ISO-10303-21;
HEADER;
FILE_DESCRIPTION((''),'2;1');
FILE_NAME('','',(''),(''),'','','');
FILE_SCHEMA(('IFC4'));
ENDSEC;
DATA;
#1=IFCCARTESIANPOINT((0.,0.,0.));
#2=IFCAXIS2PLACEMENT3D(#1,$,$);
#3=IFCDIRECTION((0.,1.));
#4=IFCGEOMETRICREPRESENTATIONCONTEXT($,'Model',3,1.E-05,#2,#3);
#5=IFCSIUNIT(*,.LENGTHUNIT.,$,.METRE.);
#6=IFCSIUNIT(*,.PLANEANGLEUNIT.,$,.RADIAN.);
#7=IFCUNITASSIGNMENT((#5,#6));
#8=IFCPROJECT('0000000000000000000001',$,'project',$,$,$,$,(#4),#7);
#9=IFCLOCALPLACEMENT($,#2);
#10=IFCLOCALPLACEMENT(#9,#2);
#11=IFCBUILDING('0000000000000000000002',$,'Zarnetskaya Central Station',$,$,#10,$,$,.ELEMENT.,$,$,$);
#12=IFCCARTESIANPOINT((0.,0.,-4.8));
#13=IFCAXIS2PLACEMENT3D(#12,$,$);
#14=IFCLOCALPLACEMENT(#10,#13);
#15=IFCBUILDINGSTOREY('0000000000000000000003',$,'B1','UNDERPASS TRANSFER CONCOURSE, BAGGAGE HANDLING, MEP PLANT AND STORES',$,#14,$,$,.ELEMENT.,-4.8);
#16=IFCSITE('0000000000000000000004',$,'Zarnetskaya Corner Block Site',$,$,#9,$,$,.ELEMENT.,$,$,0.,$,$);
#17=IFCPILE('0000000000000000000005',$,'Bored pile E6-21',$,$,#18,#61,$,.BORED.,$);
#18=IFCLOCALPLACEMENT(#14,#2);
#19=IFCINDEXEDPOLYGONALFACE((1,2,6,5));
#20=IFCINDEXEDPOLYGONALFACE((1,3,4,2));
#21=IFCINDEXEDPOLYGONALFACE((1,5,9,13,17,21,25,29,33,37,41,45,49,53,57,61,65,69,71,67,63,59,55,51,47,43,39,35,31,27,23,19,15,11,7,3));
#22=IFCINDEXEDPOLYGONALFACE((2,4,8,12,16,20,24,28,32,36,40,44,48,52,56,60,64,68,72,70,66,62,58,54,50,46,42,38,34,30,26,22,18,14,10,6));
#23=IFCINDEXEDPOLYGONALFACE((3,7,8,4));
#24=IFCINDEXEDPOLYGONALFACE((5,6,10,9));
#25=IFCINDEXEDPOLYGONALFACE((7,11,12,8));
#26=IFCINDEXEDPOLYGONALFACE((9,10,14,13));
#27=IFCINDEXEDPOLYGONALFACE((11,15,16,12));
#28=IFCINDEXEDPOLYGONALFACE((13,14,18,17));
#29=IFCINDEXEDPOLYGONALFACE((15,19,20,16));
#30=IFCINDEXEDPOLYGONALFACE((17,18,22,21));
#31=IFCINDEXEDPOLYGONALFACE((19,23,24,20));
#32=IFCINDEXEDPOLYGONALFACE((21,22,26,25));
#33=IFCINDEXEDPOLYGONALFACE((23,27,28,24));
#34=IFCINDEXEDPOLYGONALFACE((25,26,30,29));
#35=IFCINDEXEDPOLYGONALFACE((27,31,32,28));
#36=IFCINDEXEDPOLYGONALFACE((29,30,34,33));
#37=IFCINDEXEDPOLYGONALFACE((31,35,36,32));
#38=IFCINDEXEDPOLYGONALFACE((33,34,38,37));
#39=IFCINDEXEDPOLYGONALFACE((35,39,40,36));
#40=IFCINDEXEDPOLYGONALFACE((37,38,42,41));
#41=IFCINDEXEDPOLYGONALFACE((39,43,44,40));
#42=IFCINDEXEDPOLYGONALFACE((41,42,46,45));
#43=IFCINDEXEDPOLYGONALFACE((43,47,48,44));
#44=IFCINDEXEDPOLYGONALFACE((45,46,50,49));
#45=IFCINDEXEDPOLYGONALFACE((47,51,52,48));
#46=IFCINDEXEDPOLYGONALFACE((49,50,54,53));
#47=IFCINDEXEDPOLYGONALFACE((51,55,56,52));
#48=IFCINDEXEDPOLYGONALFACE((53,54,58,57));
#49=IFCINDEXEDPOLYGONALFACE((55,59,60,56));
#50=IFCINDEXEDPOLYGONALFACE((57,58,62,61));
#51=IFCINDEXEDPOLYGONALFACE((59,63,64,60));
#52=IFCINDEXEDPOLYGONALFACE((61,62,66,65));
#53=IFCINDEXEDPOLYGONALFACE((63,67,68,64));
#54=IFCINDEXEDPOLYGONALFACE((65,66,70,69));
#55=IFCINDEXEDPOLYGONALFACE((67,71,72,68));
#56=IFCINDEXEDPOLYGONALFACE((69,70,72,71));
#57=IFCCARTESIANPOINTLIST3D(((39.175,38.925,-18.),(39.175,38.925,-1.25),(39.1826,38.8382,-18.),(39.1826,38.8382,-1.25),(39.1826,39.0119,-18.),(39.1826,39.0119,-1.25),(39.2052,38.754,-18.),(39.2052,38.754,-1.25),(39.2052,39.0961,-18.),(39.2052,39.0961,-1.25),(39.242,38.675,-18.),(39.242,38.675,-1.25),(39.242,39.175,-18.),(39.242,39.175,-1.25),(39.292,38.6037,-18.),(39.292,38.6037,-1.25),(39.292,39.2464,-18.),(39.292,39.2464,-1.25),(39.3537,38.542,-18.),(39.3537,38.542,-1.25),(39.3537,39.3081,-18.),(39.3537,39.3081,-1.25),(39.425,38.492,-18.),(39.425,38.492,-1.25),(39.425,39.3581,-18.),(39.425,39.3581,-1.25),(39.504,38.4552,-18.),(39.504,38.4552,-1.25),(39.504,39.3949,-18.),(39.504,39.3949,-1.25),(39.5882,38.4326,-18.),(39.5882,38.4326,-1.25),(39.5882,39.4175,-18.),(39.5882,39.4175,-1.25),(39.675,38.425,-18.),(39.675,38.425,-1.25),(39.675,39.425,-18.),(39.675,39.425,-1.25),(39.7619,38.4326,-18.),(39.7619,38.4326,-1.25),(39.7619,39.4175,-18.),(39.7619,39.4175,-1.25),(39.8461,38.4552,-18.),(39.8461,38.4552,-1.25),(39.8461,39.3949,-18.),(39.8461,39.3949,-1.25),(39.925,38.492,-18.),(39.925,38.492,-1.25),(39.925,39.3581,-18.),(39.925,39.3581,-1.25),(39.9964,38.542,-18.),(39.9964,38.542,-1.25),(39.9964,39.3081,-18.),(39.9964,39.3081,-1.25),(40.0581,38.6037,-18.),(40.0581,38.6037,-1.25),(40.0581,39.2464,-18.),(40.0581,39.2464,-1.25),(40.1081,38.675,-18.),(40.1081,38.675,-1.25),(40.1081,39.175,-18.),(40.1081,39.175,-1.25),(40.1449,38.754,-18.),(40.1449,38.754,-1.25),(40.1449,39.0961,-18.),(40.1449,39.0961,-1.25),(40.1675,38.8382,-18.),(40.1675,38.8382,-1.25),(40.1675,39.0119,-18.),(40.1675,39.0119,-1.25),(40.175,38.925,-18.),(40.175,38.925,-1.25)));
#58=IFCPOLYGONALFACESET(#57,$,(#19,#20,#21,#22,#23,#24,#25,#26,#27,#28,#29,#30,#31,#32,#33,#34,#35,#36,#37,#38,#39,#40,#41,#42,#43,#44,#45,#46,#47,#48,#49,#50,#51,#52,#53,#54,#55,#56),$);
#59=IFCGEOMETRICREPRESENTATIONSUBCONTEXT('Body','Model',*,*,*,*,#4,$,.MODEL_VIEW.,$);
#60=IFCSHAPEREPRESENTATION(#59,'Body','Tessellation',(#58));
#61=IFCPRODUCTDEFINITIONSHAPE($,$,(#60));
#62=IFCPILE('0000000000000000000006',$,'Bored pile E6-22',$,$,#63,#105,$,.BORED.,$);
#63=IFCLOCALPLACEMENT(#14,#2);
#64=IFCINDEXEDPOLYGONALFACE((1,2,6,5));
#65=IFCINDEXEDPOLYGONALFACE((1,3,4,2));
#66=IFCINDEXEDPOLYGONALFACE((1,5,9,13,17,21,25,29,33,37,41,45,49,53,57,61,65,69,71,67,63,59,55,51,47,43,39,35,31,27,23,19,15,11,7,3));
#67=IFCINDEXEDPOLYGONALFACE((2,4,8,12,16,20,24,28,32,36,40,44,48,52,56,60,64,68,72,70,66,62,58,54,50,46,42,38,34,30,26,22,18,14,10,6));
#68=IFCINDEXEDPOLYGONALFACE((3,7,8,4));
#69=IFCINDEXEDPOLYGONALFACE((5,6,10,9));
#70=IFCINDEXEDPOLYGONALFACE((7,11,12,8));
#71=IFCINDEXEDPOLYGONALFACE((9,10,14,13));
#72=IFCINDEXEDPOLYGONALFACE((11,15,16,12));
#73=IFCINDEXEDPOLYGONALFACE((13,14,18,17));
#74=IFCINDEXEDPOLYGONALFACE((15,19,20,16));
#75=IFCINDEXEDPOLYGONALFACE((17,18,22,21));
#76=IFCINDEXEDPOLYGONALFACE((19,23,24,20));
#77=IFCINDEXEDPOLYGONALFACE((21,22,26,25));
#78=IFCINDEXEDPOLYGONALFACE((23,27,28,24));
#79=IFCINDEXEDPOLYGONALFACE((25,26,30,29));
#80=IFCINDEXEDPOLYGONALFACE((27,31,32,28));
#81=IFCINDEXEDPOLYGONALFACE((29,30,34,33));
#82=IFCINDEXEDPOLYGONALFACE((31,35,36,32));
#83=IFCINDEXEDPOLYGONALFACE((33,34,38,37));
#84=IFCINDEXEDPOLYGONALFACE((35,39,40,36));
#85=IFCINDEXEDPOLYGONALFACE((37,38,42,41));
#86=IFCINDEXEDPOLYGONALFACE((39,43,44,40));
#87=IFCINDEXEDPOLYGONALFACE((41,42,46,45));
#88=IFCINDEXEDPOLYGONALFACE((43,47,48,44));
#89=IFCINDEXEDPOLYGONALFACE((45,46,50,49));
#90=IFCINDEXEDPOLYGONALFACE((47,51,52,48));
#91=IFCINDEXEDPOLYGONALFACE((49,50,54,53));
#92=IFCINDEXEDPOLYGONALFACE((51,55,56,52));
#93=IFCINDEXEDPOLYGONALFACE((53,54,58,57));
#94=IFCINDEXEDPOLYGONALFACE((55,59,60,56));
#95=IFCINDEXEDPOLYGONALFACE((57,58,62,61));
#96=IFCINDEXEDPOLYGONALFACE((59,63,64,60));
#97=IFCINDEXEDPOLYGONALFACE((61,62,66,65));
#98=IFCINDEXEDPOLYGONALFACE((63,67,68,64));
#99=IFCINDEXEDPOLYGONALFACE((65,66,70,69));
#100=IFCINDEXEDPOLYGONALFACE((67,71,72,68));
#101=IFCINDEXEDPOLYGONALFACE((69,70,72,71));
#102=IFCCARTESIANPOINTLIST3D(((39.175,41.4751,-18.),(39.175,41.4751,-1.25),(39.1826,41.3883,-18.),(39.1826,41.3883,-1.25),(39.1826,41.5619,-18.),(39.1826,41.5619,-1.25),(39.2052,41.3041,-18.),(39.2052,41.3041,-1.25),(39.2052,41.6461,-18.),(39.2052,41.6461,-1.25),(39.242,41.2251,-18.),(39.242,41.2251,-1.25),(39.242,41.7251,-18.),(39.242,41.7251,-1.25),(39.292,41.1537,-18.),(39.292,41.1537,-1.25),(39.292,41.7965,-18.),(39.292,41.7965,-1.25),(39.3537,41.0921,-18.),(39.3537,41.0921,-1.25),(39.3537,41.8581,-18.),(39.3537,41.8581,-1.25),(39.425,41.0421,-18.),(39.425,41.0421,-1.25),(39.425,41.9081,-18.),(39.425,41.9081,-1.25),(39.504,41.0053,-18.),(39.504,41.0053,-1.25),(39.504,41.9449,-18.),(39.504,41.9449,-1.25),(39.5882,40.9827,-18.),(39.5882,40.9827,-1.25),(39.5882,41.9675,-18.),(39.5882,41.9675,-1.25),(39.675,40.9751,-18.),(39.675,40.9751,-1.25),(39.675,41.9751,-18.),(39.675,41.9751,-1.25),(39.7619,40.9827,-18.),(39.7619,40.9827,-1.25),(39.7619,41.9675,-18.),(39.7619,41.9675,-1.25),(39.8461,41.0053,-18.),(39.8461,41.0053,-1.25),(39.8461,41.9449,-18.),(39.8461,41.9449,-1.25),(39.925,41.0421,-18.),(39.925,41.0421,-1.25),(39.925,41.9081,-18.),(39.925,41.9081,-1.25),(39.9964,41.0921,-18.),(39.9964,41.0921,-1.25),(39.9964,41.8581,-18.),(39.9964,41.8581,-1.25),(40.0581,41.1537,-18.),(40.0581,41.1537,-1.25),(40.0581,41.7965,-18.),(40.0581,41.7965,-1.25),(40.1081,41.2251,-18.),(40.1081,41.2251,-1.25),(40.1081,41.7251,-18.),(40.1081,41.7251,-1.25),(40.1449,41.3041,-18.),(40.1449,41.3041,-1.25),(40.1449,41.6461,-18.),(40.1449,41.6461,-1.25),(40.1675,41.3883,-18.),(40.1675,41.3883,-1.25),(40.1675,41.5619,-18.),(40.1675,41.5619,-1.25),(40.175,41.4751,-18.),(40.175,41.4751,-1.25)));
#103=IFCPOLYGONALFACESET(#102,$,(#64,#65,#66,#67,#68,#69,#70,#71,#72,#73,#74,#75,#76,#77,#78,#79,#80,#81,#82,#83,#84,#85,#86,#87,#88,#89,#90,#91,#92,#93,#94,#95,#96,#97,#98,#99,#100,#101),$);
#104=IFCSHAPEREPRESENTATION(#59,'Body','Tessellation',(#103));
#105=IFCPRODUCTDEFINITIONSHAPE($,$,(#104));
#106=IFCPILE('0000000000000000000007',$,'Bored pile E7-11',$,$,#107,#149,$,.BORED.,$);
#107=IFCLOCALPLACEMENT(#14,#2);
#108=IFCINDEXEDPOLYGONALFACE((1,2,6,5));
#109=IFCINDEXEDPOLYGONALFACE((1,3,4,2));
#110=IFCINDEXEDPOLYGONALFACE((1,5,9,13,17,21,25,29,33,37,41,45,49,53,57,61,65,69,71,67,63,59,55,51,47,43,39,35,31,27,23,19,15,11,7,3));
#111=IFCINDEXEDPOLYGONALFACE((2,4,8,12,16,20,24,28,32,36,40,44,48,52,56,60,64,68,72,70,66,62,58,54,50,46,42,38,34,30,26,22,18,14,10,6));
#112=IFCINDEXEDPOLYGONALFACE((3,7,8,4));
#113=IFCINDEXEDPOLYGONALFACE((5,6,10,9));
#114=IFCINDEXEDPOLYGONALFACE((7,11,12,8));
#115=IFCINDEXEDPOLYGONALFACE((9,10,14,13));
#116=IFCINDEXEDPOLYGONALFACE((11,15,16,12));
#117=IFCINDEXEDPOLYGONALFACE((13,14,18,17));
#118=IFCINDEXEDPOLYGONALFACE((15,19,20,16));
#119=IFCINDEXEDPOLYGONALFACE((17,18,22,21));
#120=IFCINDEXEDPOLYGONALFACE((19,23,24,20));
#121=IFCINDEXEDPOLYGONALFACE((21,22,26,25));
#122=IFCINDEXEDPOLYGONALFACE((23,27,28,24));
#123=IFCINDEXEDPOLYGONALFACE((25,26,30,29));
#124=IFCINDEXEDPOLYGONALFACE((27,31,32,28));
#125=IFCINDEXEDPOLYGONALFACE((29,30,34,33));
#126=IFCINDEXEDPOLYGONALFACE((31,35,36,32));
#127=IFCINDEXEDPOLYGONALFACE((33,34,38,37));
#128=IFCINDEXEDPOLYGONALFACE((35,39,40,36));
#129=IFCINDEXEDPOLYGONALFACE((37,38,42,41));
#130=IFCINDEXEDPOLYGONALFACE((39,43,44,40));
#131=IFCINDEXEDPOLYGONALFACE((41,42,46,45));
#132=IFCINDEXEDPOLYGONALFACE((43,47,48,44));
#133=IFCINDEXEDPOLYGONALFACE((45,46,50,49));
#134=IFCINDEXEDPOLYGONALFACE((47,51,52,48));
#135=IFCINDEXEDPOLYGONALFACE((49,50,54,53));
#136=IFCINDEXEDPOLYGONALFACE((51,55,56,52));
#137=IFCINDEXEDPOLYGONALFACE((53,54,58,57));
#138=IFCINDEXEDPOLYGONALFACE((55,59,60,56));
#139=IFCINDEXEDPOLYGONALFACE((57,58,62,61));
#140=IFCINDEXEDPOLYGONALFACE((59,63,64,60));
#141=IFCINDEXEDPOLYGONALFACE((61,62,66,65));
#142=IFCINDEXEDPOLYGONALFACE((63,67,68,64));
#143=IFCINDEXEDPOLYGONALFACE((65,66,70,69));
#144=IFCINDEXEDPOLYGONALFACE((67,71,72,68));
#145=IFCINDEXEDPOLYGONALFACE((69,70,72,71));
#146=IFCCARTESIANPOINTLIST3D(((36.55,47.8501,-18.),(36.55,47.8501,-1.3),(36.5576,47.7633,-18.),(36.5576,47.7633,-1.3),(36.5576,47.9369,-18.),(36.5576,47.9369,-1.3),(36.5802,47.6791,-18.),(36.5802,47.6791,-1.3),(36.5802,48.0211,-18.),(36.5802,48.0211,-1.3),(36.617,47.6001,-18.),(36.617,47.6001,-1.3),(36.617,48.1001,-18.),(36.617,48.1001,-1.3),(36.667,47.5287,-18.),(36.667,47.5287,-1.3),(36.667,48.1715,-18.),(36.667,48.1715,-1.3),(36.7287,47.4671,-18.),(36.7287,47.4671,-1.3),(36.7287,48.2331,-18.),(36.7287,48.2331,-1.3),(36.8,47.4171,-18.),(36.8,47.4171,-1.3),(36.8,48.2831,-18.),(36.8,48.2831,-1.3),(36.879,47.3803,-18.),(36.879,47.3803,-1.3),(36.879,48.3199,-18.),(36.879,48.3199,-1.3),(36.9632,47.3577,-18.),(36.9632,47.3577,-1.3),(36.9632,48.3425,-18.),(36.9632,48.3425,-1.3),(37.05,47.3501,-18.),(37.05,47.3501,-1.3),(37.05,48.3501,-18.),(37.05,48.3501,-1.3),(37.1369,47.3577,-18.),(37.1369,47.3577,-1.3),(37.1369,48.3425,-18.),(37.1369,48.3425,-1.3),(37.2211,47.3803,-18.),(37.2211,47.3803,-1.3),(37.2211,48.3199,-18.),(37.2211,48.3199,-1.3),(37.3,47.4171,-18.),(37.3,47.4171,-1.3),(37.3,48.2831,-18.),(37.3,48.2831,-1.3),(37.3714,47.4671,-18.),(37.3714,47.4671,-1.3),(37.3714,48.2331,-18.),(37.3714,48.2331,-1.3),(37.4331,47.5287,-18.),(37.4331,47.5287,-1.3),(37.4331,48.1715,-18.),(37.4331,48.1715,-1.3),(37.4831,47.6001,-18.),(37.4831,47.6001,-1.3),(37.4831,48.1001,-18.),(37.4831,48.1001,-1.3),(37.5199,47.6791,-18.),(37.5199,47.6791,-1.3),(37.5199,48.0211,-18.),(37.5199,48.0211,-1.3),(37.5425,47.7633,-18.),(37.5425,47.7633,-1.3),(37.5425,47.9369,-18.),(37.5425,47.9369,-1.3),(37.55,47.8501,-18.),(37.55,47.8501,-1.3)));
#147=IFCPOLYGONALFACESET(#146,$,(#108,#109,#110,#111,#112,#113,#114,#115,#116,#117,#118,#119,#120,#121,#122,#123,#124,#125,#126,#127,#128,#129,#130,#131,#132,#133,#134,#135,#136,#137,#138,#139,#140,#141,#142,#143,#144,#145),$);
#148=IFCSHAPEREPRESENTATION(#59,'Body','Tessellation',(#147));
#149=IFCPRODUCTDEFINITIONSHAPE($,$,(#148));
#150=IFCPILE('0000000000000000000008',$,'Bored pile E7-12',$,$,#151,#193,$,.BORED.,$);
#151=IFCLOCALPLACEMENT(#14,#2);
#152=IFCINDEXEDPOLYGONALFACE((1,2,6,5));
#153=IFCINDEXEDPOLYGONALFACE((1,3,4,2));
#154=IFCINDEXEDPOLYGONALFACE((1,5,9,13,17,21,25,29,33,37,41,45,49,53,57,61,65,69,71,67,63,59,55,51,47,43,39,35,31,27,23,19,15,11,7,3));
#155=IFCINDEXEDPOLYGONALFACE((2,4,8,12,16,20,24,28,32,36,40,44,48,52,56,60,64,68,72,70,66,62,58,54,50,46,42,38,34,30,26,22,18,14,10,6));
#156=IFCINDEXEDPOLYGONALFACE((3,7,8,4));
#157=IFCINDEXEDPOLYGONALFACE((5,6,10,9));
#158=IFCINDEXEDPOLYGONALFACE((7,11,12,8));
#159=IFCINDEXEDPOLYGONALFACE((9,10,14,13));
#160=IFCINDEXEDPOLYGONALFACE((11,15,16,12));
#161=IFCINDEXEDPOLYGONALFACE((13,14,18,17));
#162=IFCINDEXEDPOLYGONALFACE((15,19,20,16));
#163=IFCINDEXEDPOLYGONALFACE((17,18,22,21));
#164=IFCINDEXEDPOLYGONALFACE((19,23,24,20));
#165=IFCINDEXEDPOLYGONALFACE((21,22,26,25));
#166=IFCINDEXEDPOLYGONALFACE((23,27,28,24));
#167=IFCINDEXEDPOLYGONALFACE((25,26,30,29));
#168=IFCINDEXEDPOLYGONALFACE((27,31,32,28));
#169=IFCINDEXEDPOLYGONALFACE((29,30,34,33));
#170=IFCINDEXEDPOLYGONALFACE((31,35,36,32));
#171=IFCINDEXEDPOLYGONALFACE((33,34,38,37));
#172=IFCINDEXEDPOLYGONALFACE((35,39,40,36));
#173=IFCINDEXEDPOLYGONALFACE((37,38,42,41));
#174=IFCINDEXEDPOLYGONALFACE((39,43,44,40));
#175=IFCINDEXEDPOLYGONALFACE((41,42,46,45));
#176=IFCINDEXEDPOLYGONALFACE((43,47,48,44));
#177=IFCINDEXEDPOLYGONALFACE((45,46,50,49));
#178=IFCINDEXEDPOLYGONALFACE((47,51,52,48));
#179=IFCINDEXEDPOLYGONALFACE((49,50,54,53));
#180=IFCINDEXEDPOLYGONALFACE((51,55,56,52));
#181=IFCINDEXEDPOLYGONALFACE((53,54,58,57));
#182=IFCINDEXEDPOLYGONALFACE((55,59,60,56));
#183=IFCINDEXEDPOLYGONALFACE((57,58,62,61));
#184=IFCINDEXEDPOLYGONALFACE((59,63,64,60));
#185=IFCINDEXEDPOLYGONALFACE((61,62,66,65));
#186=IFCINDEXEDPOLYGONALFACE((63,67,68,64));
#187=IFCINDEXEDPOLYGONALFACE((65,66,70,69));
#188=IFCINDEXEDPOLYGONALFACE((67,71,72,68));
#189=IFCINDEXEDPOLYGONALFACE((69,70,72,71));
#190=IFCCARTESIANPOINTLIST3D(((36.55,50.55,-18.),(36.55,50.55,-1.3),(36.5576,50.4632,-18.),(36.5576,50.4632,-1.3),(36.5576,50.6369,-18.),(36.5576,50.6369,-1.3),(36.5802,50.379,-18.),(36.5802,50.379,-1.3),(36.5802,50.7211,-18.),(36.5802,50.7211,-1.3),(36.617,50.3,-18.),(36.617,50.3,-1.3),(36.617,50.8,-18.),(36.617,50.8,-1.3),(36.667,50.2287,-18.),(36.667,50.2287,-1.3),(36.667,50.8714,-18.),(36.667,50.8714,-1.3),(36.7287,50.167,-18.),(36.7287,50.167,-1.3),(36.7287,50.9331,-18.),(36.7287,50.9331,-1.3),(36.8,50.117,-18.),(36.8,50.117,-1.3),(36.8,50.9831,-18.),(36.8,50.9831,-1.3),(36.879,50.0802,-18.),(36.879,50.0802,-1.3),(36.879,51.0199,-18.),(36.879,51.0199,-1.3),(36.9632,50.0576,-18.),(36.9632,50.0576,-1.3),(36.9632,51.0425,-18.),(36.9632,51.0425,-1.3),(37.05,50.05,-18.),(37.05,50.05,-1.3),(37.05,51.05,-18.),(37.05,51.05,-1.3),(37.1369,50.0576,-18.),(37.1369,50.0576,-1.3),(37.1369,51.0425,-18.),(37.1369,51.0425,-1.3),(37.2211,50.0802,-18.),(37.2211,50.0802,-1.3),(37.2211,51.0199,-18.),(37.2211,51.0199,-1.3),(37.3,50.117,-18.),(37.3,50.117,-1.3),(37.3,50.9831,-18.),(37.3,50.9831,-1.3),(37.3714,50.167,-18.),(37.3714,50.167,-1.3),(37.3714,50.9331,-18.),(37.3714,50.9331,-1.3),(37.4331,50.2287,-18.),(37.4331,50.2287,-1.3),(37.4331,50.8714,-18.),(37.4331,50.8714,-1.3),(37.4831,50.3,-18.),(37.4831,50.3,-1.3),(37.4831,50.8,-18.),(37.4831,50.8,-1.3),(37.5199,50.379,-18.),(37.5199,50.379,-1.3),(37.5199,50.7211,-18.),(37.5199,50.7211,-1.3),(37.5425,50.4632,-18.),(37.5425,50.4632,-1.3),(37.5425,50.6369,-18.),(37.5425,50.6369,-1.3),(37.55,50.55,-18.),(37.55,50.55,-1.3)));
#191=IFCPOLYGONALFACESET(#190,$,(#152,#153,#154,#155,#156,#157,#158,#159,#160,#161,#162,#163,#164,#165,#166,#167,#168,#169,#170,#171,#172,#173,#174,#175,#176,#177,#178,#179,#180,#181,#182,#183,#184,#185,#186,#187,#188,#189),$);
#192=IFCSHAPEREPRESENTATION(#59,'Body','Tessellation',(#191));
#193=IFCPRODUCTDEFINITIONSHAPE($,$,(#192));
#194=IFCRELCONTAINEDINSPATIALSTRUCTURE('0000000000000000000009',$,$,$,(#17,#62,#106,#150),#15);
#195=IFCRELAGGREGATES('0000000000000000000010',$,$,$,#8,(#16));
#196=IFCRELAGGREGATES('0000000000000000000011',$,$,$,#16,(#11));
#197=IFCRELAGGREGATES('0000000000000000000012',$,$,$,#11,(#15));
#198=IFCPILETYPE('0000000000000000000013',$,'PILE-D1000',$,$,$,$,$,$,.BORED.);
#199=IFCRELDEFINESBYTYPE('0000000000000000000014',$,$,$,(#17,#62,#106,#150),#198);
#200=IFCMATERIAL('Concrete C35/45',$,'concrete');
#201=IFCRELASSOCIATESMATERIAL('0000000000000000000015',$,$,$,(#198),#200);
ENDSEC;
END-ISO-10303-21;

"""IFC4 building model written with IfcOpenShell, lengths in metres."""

from ifc_helpers import new_model, si_unit, direction, frame, origin, origin_2d, place, context, subcontext, project, spatial, circle, extrude, material, material_profile, profile_set, type_object, element, save


model = new_model("IFC4")

# Units and contexts
model_context = context("Model", 3, precision=1e-05, world=origin(), true_north=direction((0.0, 1.0)))
body_context = subcontext(model_context, "Body", "Model", "MODEL_VIEW")
ifc_project = project(units=[si_unit("LENGTHUNIT", "METRE"), si_unit("PLANEANGLEUNIT", "RADIAN")], contexts=[model_context])

# Site, building, storey
site_placement = place(None, origin())
site = spatial("IfcSite", under=ifc_project, at=site_placement, Name="Zarnetskaya Corner Block Site", CompositionType="ELEMENT", RefElevation=0.0)
building_placement = place(site_placement, origin())
building = spatial("IfcBuilding", under=site, at=building_placement, Name="Zarnetskaya Central Station", CompositionType="ELEMENT")
storey_placement = place(building_placement, frame((0.0, 0.0, -4.8)))
storey = spatial("IfcBuildingStorey", under=building, at=storey_placement, Name="B1", Description="UNDERPASS TRANSFER CONCOURSE, BAGGAGE HANDLING, MEP PLANT AND STORES", CompositionType="ELEMENT", Elevation=-4.8)

# Shared definitions
ifc_material = material(Name="Concrete C35/45", Category="concrete")

# Piles
ifc_material_profile_1 = material_profile(ifc_material, circle(Radius=0.5, at=origin_2d()), Name="BORED PILE D1000")
ifc_profile_set_1 = profile_set([ifc_material_profile_1], Name="Concrete C35/45")
pile_type = type_object("IfcPileType", Name="PILE-D1000", PredefinedType="BORED", material=ifc_profile_set_1)
for number, where, z_axis, x_axis, name in (
    (1, (39.675, 38.925, -1.25), (0.0, 0.0, -1.0), (1.0, 0.0, 0.0), "Bored pile E6-21"),
    (2, (39.675, 41.4751, -1.25), (0.0, 0.0, -1.0), (1.0, 0.0, 0.0), "Bored pile E6-22"),
):
    element("IfcPile", number, at=place(storey_placement, frame(where, z_axis=z_axis, x_axis=x_axis)), inside=storey, type_object=pile_type, Name=name, PredefinedType="BORED", context=body_context, shape_type="SweptSolid", body=[
        extrude(circle(Radius=0.5, at=origin_2d()), origin(), (0.0, 0.0, 1.0), 16.75),
    ])
for number, where, z_axis, x_axis, name in (
    (3, (37.05, 47.8501, -1.3), (0.0, 0.0, -1.0), (1.0, 0.0, 0.0), "Bored pile E7-11"),
    (4, (37.05, 50.55, -1.3), (0.0, 0.0, -1.0), (1.0, 0.0, 0.0), "Bored pile E7-12"),
):
    element("IfcPile", number, at=place(storey_placement, frame(where, z_axis=z_axis, x_axis=x_axis)), inside=storey, type_object=pile_type, Name=name, PredefinedType="BORED", context=body_context, shape_type="SweptSolid", body=[
        extrude(circle(Radius=0.5, at=origin_2d()), origin(), (0.0, 0.0, 1.0), 16.7),
    ])

save(model, "model.ifc")
